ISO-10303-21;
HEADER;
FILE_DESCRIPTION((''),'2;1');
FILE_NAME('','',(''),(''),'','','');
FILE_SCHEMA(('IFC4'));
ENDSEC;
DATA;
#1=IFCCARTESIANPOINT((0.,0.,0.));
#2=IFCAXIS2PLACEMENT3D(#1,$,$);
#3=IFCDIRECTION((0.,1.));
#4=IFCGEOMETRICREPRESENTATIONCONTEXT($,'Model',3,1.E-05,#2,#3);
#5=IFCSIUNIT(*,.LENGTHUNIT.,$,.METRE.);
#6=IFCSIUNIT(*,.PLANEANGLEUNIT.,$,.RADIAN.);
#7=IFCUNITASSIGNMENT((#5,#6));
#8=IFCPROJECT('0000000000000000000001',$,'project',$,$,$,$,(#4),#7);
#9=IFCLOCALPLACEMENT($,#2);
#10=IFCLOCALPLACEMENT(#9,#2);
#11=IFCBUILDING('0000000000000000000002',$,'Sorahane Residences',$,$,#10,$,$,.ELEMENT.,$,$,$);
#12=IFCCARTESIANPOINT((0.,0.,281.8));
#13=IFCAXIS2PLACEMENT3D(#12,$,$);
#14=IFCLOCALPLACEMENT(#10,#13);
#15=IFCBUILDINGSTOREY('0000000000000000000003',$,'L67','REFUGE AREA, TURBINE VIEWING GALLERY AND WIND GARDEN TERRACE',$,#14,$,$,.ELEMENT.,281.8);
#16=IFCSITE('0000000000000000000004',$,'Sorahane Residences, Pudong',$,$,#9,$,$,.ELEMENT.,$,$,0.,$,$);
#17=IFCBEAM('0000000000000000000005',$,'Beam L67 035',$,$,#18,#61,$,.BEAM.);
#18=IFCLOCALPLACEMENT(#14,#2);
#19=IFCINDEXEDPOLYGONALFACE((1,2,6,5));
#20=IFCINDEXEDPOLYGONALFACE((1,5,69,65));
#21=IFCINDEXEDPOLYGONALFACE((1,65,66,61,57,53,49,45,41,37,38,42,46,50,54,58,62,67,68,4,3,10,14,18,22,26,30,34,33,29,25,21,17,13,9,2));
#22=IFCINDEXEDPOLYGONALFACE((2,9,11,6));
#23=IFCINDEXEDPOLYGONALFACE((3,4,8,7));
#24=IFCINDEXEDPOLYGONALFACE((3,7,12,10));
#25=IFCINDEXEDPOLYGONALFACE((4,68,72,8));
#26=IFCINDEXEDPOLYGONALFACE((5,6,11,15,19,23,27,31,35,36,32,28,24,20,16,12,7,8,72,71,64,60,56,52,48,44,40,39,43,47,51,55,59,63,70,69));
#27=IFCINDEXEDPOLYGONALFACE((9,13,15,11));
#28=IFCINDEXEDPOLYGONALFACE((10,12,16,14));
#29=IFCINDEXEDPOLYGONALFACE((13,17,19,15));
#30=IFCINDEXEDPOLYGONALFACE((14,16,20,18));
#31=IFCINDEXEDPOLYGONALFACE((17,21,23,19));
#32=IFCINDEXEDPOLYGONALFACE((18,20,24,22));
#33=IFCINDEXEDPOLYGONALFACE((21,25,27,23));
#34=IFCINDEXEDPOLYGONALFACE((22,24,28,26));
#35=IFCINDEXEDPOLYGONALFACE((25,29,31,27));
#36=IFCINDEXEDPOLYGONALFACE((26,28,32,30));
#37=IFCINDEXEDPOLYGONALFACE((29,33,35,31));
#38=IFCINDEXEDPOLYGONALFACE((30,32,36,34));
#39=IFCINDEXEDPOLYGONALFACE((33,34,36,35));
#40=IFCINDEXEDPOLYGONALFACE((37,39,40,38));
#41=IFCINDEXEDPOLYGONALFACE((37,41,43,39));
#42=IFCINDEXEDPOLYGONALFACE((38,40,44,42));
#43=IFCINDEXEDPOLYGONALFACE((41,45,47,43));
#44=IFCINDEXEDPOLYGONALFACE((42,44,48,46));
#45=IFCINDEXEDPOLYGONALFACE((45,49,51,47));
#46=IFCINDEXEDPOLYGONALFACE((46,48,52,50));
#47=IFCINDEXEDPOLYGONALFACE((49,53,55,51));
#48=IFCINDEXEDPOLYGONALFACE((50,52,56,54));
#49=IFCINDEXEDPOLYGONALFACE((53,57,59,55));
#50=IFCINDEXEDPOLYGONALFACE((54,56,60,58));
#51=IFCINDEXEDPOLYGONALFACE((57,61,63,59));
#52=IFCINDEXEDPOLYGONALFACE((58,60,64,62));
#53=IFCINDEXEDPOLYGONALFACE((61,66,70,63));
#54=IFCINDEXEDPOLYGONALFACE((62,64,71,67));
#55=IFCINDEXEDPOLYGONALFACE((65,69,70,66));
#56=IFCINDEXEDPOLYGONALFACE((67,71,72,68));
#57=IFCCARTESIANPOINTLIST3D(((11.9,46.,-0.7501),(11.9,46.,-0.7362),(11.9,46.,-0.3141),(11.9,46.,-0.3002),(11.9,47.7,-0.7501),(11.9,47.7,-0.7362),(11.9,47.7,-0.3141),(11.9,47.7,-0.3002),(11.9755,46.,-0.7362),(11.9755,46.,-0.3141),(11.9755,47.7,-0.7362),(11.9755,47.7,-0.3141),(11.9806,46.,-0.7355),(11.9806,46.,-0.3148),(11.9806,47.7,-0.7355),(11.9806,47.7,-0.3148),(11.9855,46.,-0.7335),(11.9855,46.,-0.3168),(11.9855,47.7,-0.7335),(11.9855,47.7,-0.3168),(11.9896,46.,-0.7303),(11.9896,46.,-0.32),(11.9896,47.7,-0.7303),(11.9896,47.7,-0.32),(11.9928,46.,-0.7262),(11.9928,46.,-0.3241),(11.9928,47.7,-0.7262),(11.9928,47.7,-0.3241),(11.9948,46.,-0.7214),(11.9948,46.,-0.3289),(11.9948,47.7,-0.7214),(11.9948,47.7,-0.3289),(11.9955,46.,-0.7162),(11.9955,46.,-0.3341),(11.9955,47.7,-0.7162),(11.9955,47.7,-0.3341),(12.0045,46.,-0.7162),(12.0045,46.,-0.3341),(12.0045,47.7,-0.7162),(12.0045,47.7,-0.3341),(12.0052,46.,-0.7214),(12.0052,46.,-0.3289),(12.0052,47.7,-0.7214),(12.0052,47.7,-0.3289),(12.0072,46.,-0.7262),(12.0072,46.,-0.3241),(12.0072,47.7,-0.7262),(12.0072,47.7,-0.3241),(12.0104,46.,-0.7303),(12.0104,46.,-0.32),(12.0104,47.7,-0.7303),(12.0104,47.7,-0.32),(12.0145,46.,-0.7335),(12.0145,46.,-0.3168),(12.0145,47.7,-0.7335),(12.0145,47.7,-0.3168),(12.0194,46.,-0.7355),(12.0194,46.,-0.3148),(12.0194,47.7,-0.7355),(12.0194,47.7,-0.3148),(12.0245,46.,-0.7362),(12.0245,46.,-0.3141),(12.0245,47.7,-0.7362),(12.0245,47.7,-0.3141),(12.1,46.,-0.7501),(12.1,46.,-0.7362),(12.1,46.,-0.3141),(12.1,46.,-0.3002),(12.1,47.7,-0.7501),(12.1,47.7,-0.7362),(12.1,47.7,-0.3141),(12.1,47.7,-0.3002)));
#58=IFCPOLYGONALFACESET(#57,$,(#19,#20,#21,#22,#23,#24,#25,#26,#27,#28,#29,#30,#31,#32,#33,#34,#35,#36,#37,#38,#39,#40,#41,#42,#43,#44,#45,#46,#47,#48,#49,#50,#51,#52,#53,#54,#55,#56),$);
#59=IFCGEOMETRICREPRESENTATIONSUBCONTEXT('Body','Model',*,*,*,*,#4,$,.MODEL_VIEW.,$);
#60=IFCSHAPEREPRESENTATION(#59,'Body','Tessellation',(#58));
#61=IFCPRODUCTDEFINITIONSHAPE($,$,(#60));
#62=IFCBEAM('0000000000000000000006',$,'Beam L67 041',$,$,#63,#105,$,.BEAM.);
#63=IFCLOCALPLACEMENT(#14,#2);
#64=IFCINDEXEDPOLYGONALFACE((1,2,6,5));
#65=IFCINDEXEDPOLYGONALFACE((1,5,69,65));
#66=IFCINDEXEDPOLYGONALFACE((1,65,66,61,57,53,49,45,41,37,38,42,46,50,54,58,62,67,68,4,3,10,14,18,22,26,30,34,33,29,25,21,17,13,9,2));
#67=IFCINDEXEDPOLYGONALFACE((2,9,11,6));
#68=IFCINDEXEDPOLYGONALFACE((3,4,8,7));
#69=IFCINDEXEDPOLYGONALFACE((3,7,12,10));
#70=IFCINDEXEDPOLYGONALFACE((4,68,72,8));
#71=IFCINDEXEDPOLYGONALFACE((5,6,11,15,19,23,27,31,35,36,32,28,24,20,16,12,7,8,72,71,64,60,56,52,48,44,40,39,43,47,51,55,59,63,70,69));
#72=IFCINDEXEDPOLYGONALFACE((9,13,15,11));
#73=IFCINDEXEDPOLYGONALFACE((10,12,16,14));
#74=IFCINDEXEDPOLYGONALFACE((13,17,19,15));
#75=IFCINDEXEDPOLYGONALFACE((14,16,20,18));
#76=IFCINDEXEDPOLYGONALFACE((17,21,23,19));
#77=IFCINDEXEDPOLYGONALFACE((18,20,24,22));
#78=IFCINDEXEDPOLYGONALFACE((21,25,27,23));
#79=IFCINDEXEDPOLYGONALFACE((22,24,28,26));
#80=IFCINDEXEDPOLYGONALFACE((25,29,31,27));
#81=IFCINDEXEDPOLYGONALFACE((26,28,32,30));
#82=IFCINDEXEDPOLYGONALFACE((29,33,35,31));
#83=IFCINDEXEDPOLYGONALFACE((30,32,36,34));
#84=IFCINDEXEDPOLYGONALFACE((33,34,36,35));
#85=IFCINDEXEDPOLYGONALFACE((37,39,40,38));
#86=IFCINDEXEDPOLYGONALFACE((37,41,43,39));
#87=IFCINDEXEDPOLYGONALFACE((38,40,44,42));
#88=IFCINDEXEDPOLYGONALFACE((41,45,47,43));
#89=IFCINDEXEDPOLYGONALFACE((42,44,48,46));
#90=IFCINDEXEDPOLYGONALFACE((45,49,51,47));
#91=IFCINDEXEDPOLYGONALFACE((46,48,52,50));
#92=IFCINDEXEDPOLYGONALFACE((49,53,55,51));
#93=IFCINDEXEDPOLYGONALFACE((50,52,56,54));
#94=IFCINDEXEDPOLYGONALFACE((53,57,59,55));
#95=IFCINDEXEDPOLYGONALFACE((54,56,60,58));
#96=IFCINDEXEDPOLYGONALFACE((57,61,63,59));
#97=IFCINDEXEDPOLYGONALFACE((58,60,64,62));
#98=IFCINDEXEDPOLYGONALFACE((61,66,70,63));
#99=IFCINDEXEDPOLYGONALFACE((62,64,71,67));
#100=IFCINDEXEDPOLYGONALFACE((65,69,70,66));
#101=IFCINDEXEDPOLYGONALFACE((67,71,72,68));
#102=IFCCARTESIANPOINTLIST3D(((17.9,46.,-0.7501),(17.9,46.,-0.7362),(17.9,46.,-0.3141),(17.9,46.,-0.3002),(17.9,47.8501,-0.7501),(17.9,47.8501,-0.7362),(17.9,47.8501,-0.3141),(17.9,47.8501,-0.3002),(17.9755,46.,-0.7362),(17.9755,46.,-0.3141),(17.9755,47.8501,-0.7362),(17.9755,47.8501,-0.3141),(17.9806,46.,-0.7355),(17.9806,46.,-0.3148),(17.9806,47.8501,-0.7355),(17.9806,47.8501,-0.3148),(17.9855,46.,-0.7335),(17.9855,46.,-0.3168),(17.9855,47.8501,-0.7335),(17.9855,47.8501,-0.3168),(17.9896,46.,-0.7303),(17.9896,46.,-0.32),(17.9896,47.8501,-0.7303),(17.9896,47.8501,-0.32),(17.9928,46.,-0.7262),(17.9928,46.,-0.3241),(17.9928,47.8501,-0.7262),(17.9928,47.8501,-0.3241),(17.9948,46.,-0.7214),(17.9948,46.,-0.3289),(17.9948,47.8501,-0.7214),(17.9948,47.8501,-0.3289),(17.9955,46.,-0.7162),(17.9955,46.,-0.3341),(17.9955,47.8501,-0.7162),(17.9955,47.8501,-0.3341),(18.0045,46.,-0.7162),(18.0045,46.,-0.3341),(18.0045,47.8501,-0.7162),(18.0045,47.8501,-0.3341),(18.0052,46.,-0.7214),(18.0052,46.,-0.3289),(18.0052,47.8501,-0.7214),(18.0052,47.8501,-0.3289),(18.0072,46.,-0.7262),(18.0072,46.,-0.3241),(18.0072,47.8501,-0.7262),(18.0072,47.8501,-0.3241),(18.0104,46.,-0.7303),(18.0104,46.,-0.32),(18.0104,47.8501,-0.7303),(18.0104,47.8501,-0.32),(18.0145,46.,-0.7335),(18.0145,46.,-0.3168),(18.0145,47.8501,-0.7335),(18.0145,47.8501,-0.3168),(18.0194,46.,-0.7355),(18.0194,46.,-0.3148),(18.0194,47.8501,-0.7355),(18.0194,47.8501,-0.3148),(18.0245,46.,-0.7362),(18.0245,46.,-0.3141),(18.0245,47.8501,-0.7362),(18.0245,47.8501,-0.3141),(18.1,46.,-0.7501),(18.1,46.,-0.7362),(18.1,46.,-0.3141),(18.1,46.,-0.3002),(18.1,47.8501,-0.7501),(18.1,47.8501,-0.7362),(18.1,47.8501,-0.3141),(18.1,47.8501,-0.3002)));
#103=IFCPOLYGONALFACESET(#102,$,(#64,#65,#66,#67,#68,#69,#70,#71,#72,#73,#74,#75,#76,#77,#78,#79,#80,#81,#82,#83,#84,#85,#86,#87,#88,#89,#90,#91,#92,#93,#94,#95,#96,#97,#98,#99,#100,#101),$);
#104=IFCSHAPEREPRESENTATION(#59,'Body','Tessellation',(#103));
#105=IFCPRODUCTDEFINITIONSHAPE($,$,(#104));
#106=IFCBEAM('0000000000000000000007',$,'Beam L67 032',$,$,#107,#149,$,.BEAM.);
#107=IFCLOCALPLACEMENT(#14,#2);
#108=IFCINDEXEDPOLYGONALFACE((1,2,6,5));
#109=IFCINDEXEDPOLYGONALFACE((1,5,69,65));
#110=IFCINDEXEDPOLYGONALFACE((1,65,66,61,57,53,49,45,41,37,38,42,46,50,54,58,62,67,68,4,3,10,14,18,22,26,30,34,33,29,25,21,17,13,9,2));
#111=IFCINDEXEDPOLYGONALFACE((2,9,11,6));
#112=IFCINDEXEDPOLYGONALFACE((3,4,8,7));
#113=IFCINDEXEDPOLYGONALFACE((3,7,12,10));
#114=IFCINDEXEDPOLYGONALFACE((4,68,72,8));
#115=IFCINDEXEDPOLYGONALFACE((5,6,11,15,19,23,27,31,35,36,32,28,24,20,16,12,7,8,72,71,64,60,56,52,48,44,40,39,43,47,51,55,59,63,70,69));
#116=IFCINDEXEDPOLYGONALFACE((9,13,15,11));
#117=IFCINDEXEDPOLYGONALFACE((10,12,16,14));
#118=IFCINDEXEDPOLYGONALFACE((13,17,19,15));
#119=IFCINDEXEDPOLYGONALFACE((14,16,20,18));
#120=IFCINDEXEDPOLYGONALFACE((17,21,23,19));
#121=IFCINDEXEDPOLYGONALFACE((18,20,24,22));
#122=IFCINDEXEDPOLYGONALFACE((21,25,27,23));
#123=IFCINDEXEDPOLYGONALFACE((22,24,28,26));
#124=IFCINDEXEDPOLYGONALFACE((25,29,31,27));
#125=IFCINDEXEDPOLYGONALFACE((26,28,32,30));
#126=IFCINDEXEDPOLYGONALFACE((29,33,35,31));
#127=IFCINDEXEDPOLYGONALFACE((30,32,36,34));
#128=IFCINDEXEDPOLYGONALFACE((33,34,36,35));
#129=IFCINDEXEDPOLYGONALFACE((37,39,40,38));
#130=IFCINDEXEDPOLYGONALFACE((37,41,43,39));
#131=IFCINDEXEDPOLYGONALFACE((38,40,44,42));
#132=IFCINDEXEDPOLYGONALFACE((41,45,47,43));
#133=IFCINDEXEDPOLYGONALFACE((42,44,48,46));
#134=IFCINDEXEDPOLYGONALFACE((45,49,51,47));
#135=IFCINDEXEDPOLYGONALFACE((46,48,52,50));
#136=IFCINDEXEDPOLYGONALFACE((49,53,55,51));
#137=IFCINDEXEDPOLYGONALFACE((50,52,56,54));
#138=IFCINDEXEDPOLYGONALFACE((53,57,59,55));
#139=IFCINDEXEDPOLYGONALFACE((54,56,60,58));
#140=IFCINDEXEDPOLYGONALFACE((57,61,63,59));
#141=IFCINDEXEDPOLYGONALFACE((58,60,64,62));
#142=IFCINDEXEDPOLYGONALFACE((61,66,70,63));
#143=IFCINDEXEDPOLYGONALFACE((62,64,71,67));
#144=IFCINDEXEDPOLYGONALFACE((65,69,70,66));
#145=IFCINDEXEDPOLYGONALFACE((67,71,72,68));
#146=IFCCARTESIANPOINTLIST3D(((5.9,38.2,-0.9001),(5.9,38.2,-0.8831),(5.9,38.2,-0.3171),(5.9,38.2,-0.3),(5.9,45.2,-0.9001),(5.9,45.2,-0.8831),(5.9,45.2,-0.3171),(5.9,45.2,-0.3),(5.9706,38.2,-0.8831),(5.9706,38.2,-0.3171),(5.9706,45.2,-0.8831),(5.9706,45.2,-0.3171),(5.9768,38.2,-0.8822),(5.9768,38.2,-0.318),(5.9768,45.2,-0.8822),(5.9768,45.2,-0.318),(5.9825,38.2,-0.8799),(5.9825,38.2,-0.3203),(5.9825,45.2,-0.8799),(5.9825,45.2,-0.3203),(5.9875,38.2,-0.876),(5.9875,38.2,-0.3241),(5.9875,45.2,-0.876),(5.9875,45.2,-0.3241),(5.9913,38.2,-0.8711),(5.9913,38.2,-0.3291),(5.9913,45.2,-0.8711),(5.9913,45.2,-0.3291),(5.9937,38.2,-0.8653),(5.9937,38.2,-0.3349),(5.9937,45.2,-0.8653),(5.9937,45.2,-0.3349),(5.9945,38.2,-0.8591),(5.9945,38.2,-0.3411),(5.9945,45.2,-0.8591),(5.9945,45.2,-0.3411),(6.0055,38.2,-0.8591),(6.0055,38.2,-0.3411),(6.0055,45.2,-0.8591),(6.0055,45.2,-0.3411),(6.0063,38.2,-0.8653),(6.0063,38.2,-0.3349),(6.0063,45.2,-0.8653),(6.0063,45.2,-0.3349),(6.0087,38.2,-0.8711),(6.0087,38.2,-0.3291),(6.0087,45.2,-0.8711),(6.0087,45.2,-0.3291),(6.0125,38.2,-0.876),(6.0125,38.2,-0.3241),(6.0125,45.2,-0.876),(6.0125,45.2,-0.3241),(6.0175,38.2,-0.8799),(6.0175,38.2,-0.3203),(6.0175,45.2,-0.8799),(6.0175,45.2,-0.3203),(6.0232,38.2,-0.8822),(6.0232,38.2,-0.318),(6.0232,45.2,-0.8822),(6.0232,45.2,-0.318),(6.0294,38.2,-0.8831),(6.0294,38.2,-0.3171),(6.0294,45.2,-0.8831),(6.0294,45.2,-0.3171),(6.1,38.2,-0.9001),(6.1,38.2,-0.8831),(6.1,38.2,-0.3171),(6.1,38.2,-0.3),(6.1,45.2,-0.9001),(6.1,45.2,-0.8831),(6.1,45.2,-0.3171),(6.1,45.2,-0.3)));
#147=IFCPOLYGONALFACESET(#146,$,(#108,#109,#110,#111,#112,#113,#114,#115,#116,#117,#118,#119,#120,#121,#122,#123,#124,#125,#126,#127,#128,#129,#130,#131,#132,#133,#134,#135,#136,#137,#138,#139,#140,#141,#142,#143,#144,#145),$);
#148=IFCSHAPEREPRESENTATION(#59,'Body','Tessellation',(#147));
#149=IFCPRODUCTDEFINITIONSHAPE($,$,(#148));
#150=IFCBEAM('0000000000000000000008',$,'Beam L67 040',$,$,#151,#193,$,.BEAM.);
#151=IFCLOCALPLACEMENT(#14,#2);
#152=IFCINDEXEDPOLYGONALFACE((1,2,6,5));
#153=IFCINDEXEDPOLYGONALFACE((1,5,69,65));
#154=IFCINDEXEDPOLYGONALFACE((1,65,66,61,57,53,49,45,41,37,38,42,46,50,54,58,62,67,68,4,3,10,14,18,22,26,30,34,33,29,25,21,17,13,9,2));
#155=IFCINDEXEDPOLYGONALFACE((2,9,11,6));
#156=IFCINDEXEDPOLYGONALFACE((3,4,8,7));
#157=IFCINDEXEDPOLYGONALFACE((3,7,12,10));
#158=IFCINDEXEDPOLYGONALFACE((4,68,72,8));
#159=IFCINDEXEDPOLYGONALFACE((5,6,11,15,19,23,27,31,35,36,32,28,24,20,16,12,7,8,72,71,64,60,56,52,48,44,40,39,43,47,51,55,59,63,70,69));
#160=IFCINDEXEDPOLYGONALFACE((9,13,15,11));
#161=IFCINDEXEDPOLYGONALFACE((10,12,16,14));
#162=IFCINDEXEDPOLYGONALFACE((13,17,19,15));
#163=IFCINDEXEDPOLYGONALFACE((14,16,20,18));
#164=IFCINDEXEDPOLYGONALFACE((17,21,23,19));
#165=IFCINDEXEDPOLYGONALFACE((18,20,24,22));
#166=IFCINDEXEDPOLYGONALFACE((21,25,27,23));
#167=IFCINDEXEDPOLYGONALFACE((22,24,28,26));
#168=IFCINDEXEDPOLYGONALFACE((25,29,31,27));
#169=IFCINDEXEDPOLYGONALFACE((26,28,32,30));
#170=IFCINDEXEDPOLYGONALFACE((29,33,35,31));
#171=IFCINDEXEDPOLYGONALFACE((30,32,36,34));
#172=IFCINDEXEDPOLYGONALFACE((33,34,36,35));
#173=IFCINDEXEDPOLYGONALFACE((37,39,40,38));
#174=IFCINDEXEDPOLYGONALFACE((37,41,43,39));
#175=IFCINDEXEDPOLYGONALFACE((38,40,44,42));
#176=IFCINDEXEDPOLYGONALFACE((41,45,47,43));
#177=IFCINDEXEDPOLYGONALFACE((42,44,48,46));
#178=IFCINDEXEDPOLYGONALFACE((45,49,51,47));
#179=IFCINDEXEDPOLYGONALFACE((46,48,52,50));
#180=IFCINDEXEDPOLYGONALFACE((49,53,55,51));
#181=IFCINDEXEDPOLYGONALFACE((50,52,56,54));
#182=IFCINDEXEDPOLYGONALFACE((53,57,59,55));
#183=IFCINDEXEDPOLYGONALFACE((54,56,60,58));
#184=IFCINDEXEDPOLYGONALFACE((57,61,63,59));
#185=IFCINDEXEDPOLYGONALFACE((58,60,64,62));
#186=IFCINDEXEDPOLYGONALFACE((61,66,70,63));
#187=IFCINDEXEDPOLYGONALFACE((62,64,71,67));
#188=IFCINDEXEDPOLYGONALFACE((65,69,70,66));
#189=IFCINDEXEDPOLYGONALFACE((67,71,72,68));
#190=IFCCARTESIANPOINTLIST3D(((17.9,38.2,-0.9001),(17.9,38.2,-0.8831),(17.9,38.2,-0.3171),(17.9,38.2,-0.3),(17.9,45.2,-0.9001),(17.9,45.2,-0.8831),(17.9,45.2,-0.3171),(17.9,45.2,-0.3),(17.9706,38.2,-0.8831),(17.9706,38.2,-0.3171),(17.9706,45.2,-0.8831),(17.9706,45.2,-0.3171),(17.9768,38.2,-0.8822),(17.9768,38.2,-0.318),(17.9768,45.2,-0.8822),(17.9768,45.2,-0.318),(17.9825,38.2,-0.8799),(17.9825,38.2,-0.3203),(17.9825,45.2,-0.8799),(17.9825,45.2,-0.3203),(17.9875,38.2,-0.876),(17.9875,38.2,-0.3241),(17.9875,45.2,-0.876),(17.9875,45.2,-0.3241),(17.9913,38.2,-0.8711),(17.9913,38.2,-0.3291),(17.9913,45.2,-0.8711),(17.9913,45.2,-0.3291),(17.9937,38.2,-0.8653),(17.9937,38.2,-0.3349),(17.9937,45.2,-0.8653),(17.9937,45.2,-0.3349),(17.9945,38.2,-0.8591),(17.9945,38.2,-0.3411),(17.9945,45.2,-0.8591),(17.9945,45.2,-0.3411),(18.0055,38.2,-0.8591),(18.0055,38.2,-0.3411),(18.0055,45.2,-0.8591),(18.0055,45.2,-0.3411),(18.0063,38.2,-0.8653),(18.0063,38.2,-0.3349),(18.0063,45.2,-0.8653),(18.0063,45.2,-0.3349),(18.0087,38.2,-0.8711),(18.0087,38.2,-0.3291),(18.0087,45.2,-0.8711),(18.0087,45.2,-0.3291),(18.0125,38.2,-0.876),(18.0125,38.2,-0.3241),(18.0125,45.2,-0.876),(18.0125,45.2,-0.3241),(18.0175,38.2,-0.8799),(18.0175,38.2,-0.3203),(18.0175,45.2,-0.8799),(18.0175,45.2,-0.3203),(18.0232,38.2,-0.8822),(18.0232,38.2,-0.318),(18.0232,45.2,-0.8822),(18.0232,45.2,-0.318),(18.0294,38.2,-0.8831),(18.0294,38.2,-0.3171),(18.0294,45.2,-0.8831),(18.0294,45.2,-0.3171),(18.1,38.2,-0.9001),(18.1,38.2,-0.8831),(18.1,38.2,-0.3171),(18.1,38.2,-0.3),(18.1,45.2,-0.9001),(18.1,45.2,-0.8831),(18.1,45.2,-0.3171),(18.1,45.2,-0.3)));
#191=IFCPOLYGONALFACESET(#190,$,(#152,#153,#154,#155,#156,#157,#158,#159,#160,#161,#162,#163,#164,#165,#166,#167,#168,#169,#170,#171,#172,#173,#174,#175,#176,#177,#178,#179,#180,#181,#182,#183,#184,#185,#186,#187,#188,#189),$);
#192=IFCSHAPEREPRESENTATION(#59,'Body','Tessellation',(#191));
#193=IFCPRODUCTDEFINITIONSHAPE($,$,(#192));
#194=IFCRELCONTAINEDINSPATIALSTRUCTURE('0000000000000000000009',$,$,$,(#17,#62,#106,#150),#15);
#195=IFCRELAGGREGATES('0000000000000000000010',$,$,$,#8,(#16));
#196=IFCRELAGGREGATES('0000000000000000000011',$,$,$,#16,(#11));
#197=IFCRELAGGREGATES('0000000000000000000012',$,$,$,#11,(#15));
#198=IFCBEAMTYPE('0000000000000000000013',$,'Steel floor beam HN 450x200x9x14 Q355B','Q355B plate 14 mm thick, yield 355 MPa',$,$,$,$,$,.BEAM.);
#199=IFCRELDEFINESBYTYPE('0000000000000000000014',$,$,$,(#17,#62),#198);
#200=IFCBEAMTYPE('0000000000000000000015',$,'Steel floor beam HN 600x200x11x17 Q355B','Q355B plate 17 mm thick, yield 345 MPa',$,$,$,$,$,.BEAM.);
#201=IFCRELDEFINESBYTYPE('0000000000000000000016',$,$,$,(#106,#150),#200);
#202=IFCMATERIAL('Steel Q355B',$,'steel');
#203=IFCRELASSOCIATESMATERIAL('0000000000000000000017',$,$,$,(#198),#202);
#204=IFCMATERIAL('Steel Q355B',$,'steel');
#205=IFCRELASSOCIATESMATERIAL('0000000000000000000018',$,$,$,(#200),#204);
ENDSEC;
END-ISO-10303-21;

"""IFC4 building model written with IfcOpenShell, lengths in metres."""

from ifc_helpers import new_model, si_unit, direction, frame, origin, origin_2d, place, context, subcontext, project, spatial, i_section, extrude, material, material_profile, profile_set, type_object, element, save


model = new_model("IFC4")

# Units and contexts
model_context = context("Model", 3, precision=1e-05, world=origin(), true_north=direction((0.0, 1.0)))
body_context = subcontext(model_context, "Body", "Model", "MODEL_VIEW")
ifc_project = project(units=[si_unit("LENGTHUNIT", "METRE"), si_unit("PLANEANGLEUNIT", "RADIAN")], contexts=[model_context])

# Site, building, storey
site_placement = place(None, origin())
site = spatial("IfcSite", under=ifc_project, at=site_placement, Name="Sorahane Residences, Pudong", CompositionType="ELEMENT", RefElevation=0.0)
building_placement = place(site_placement, origin())
building = spatial("IfcBuilding", under=site, at=building_placement, Name="Sorahane Residences", CompositionType="ELEMENT")
storey_placement = place(building_placement, frame((0.0, 0.0, 281.8)))
storey = spatial("IfcBuildingStorey", under=building, at=storey_placement, Name="L67", Description="REFUGE AREA, TURBINE VIEWING GALLERY AND WIND GARDEN TERRACE", CompositionType="ELEMENT", Elevation=281.8)

# Beams
ifc_material_1 = material(Name="Steel Q355B", Category="steel")
ifc_material_profile_1 = material_profile(ifc_material_1, i_section(OverallWidth=0.2, OverallDepth=0.45, WebThickness=0.009, FlangeThickness=0.0139, FilletRadius=0.02, at=origin_2d()), Name="HN 450x200x9x14")
ifc_profile_set_1 = profile_set([ifc_material_profile_1], Name="Steel Q355B")
beam_type_1 = type_object("IfcBeamType", Name="Steel floor beam HN 450x200x9x14 Q355B", Description="Q355B plate 14 mm thick, yield 355 MPa", PredefinedType="BEAM", material=ifc_profile_set_1)
beam_1_placement = place(storey_placement, frame((12.0, 46.0, -0.5251), z_axis=(0.0, 1.0, 0.0), x_axis=(-1.0, 0.0, 0.0)))
element("IfcBeam", 1, at=beam_1_placement, inside=storey, type_object=beam_type_1, Name="Beam L67 035", PredefinedType="BEAM", context=body_context, shape_type="SweptSolid", body=[
    extrude(i_section(OverallWidth=0.2, OverallDepth=0.45, WebThickness=0.009, FlangeThickness=0.0139, FilletRadius=0.02, at=origin_2d()), origin(), (0.0, 0.0, 1.0), 1.7),
])
beam_2_placement = place(storey_placement, frame((18.0, 46.0, -0.5251), z_axis=(0.0, 1.0, 0.0), x_axis=(-1.0, 0.0, 0.0)))
element("IfcBeam", 2, at=beam_2_placement, inside=storey, type_object=beam_type_1, Name="Beam L67 041", PredefinedType="BEAM", context=body_context, shape_type="SweptSolid", body=[
    extrude(i_section(OverallWidth=0.2, OverallDepth=0.45, WebThickness=0.009, FlangeThickness=0.0139, FilletRadius=0.02, at=origin_2d()), origin(), (0.0, 0.0, 1.0), 1.8501),
])
ifc_material_2 = material(Name="Steel Q355B", Category="steel")
ifc_material_profile_2 = material_profile(ifc_material_2, i_section(OverallWidth=0.2, OverallDepth=0.6001, WebThickness=0.011, FlangeThickness=0.0171, FilletRadius=0.0239, at=origin_2d()), Name="HN 600x200x11x17")
ifc_profile_set_2 = profile_set([ifc_material_profile_2], Name="Steel Q355B")
beam_type_2 = type_object("IfcBeamType", Name="Steel floor beam HN 600x200x11x17 Q355B", Description="Q355B plate 17 mm thick, yield 345 MPa", PredefinedType="BEAM", material=ifc_profile_set_2)
for number, where, z_axis, x_axis, name in (
    (3, (6.0, 38.2, -0.6001), (0.0, 1.0, 0.0), (-1.0, 0.0, 0.0), "Beam L67 032"),
    (4, (18.0, 38.2, -0.6001), (0.0, 1.0, 0.0), (-1.0, 0.0, 0.0), "Beam L67 040"),
):
    element("IfcBeam", number, at=place(storey_placement, frame(where, z_axis=z_axis, x_axis=x_axis)), inside=storey, type_object=beam_type_2, Name=name, PredefinedType="BEAM", context=body_context, shape_type="SweptSolid", body=[
        extrude(i_section(OverallWidth=0.2, OverallDepth=0.6001, WebThickness=0.011, FlangeThickness=0.0171, FilletRadius=0.0239, at=origin_2d()), origin(), (0.0, 0.0, 1.0), 7.0),
    ])

save(model, "model.ifc")
